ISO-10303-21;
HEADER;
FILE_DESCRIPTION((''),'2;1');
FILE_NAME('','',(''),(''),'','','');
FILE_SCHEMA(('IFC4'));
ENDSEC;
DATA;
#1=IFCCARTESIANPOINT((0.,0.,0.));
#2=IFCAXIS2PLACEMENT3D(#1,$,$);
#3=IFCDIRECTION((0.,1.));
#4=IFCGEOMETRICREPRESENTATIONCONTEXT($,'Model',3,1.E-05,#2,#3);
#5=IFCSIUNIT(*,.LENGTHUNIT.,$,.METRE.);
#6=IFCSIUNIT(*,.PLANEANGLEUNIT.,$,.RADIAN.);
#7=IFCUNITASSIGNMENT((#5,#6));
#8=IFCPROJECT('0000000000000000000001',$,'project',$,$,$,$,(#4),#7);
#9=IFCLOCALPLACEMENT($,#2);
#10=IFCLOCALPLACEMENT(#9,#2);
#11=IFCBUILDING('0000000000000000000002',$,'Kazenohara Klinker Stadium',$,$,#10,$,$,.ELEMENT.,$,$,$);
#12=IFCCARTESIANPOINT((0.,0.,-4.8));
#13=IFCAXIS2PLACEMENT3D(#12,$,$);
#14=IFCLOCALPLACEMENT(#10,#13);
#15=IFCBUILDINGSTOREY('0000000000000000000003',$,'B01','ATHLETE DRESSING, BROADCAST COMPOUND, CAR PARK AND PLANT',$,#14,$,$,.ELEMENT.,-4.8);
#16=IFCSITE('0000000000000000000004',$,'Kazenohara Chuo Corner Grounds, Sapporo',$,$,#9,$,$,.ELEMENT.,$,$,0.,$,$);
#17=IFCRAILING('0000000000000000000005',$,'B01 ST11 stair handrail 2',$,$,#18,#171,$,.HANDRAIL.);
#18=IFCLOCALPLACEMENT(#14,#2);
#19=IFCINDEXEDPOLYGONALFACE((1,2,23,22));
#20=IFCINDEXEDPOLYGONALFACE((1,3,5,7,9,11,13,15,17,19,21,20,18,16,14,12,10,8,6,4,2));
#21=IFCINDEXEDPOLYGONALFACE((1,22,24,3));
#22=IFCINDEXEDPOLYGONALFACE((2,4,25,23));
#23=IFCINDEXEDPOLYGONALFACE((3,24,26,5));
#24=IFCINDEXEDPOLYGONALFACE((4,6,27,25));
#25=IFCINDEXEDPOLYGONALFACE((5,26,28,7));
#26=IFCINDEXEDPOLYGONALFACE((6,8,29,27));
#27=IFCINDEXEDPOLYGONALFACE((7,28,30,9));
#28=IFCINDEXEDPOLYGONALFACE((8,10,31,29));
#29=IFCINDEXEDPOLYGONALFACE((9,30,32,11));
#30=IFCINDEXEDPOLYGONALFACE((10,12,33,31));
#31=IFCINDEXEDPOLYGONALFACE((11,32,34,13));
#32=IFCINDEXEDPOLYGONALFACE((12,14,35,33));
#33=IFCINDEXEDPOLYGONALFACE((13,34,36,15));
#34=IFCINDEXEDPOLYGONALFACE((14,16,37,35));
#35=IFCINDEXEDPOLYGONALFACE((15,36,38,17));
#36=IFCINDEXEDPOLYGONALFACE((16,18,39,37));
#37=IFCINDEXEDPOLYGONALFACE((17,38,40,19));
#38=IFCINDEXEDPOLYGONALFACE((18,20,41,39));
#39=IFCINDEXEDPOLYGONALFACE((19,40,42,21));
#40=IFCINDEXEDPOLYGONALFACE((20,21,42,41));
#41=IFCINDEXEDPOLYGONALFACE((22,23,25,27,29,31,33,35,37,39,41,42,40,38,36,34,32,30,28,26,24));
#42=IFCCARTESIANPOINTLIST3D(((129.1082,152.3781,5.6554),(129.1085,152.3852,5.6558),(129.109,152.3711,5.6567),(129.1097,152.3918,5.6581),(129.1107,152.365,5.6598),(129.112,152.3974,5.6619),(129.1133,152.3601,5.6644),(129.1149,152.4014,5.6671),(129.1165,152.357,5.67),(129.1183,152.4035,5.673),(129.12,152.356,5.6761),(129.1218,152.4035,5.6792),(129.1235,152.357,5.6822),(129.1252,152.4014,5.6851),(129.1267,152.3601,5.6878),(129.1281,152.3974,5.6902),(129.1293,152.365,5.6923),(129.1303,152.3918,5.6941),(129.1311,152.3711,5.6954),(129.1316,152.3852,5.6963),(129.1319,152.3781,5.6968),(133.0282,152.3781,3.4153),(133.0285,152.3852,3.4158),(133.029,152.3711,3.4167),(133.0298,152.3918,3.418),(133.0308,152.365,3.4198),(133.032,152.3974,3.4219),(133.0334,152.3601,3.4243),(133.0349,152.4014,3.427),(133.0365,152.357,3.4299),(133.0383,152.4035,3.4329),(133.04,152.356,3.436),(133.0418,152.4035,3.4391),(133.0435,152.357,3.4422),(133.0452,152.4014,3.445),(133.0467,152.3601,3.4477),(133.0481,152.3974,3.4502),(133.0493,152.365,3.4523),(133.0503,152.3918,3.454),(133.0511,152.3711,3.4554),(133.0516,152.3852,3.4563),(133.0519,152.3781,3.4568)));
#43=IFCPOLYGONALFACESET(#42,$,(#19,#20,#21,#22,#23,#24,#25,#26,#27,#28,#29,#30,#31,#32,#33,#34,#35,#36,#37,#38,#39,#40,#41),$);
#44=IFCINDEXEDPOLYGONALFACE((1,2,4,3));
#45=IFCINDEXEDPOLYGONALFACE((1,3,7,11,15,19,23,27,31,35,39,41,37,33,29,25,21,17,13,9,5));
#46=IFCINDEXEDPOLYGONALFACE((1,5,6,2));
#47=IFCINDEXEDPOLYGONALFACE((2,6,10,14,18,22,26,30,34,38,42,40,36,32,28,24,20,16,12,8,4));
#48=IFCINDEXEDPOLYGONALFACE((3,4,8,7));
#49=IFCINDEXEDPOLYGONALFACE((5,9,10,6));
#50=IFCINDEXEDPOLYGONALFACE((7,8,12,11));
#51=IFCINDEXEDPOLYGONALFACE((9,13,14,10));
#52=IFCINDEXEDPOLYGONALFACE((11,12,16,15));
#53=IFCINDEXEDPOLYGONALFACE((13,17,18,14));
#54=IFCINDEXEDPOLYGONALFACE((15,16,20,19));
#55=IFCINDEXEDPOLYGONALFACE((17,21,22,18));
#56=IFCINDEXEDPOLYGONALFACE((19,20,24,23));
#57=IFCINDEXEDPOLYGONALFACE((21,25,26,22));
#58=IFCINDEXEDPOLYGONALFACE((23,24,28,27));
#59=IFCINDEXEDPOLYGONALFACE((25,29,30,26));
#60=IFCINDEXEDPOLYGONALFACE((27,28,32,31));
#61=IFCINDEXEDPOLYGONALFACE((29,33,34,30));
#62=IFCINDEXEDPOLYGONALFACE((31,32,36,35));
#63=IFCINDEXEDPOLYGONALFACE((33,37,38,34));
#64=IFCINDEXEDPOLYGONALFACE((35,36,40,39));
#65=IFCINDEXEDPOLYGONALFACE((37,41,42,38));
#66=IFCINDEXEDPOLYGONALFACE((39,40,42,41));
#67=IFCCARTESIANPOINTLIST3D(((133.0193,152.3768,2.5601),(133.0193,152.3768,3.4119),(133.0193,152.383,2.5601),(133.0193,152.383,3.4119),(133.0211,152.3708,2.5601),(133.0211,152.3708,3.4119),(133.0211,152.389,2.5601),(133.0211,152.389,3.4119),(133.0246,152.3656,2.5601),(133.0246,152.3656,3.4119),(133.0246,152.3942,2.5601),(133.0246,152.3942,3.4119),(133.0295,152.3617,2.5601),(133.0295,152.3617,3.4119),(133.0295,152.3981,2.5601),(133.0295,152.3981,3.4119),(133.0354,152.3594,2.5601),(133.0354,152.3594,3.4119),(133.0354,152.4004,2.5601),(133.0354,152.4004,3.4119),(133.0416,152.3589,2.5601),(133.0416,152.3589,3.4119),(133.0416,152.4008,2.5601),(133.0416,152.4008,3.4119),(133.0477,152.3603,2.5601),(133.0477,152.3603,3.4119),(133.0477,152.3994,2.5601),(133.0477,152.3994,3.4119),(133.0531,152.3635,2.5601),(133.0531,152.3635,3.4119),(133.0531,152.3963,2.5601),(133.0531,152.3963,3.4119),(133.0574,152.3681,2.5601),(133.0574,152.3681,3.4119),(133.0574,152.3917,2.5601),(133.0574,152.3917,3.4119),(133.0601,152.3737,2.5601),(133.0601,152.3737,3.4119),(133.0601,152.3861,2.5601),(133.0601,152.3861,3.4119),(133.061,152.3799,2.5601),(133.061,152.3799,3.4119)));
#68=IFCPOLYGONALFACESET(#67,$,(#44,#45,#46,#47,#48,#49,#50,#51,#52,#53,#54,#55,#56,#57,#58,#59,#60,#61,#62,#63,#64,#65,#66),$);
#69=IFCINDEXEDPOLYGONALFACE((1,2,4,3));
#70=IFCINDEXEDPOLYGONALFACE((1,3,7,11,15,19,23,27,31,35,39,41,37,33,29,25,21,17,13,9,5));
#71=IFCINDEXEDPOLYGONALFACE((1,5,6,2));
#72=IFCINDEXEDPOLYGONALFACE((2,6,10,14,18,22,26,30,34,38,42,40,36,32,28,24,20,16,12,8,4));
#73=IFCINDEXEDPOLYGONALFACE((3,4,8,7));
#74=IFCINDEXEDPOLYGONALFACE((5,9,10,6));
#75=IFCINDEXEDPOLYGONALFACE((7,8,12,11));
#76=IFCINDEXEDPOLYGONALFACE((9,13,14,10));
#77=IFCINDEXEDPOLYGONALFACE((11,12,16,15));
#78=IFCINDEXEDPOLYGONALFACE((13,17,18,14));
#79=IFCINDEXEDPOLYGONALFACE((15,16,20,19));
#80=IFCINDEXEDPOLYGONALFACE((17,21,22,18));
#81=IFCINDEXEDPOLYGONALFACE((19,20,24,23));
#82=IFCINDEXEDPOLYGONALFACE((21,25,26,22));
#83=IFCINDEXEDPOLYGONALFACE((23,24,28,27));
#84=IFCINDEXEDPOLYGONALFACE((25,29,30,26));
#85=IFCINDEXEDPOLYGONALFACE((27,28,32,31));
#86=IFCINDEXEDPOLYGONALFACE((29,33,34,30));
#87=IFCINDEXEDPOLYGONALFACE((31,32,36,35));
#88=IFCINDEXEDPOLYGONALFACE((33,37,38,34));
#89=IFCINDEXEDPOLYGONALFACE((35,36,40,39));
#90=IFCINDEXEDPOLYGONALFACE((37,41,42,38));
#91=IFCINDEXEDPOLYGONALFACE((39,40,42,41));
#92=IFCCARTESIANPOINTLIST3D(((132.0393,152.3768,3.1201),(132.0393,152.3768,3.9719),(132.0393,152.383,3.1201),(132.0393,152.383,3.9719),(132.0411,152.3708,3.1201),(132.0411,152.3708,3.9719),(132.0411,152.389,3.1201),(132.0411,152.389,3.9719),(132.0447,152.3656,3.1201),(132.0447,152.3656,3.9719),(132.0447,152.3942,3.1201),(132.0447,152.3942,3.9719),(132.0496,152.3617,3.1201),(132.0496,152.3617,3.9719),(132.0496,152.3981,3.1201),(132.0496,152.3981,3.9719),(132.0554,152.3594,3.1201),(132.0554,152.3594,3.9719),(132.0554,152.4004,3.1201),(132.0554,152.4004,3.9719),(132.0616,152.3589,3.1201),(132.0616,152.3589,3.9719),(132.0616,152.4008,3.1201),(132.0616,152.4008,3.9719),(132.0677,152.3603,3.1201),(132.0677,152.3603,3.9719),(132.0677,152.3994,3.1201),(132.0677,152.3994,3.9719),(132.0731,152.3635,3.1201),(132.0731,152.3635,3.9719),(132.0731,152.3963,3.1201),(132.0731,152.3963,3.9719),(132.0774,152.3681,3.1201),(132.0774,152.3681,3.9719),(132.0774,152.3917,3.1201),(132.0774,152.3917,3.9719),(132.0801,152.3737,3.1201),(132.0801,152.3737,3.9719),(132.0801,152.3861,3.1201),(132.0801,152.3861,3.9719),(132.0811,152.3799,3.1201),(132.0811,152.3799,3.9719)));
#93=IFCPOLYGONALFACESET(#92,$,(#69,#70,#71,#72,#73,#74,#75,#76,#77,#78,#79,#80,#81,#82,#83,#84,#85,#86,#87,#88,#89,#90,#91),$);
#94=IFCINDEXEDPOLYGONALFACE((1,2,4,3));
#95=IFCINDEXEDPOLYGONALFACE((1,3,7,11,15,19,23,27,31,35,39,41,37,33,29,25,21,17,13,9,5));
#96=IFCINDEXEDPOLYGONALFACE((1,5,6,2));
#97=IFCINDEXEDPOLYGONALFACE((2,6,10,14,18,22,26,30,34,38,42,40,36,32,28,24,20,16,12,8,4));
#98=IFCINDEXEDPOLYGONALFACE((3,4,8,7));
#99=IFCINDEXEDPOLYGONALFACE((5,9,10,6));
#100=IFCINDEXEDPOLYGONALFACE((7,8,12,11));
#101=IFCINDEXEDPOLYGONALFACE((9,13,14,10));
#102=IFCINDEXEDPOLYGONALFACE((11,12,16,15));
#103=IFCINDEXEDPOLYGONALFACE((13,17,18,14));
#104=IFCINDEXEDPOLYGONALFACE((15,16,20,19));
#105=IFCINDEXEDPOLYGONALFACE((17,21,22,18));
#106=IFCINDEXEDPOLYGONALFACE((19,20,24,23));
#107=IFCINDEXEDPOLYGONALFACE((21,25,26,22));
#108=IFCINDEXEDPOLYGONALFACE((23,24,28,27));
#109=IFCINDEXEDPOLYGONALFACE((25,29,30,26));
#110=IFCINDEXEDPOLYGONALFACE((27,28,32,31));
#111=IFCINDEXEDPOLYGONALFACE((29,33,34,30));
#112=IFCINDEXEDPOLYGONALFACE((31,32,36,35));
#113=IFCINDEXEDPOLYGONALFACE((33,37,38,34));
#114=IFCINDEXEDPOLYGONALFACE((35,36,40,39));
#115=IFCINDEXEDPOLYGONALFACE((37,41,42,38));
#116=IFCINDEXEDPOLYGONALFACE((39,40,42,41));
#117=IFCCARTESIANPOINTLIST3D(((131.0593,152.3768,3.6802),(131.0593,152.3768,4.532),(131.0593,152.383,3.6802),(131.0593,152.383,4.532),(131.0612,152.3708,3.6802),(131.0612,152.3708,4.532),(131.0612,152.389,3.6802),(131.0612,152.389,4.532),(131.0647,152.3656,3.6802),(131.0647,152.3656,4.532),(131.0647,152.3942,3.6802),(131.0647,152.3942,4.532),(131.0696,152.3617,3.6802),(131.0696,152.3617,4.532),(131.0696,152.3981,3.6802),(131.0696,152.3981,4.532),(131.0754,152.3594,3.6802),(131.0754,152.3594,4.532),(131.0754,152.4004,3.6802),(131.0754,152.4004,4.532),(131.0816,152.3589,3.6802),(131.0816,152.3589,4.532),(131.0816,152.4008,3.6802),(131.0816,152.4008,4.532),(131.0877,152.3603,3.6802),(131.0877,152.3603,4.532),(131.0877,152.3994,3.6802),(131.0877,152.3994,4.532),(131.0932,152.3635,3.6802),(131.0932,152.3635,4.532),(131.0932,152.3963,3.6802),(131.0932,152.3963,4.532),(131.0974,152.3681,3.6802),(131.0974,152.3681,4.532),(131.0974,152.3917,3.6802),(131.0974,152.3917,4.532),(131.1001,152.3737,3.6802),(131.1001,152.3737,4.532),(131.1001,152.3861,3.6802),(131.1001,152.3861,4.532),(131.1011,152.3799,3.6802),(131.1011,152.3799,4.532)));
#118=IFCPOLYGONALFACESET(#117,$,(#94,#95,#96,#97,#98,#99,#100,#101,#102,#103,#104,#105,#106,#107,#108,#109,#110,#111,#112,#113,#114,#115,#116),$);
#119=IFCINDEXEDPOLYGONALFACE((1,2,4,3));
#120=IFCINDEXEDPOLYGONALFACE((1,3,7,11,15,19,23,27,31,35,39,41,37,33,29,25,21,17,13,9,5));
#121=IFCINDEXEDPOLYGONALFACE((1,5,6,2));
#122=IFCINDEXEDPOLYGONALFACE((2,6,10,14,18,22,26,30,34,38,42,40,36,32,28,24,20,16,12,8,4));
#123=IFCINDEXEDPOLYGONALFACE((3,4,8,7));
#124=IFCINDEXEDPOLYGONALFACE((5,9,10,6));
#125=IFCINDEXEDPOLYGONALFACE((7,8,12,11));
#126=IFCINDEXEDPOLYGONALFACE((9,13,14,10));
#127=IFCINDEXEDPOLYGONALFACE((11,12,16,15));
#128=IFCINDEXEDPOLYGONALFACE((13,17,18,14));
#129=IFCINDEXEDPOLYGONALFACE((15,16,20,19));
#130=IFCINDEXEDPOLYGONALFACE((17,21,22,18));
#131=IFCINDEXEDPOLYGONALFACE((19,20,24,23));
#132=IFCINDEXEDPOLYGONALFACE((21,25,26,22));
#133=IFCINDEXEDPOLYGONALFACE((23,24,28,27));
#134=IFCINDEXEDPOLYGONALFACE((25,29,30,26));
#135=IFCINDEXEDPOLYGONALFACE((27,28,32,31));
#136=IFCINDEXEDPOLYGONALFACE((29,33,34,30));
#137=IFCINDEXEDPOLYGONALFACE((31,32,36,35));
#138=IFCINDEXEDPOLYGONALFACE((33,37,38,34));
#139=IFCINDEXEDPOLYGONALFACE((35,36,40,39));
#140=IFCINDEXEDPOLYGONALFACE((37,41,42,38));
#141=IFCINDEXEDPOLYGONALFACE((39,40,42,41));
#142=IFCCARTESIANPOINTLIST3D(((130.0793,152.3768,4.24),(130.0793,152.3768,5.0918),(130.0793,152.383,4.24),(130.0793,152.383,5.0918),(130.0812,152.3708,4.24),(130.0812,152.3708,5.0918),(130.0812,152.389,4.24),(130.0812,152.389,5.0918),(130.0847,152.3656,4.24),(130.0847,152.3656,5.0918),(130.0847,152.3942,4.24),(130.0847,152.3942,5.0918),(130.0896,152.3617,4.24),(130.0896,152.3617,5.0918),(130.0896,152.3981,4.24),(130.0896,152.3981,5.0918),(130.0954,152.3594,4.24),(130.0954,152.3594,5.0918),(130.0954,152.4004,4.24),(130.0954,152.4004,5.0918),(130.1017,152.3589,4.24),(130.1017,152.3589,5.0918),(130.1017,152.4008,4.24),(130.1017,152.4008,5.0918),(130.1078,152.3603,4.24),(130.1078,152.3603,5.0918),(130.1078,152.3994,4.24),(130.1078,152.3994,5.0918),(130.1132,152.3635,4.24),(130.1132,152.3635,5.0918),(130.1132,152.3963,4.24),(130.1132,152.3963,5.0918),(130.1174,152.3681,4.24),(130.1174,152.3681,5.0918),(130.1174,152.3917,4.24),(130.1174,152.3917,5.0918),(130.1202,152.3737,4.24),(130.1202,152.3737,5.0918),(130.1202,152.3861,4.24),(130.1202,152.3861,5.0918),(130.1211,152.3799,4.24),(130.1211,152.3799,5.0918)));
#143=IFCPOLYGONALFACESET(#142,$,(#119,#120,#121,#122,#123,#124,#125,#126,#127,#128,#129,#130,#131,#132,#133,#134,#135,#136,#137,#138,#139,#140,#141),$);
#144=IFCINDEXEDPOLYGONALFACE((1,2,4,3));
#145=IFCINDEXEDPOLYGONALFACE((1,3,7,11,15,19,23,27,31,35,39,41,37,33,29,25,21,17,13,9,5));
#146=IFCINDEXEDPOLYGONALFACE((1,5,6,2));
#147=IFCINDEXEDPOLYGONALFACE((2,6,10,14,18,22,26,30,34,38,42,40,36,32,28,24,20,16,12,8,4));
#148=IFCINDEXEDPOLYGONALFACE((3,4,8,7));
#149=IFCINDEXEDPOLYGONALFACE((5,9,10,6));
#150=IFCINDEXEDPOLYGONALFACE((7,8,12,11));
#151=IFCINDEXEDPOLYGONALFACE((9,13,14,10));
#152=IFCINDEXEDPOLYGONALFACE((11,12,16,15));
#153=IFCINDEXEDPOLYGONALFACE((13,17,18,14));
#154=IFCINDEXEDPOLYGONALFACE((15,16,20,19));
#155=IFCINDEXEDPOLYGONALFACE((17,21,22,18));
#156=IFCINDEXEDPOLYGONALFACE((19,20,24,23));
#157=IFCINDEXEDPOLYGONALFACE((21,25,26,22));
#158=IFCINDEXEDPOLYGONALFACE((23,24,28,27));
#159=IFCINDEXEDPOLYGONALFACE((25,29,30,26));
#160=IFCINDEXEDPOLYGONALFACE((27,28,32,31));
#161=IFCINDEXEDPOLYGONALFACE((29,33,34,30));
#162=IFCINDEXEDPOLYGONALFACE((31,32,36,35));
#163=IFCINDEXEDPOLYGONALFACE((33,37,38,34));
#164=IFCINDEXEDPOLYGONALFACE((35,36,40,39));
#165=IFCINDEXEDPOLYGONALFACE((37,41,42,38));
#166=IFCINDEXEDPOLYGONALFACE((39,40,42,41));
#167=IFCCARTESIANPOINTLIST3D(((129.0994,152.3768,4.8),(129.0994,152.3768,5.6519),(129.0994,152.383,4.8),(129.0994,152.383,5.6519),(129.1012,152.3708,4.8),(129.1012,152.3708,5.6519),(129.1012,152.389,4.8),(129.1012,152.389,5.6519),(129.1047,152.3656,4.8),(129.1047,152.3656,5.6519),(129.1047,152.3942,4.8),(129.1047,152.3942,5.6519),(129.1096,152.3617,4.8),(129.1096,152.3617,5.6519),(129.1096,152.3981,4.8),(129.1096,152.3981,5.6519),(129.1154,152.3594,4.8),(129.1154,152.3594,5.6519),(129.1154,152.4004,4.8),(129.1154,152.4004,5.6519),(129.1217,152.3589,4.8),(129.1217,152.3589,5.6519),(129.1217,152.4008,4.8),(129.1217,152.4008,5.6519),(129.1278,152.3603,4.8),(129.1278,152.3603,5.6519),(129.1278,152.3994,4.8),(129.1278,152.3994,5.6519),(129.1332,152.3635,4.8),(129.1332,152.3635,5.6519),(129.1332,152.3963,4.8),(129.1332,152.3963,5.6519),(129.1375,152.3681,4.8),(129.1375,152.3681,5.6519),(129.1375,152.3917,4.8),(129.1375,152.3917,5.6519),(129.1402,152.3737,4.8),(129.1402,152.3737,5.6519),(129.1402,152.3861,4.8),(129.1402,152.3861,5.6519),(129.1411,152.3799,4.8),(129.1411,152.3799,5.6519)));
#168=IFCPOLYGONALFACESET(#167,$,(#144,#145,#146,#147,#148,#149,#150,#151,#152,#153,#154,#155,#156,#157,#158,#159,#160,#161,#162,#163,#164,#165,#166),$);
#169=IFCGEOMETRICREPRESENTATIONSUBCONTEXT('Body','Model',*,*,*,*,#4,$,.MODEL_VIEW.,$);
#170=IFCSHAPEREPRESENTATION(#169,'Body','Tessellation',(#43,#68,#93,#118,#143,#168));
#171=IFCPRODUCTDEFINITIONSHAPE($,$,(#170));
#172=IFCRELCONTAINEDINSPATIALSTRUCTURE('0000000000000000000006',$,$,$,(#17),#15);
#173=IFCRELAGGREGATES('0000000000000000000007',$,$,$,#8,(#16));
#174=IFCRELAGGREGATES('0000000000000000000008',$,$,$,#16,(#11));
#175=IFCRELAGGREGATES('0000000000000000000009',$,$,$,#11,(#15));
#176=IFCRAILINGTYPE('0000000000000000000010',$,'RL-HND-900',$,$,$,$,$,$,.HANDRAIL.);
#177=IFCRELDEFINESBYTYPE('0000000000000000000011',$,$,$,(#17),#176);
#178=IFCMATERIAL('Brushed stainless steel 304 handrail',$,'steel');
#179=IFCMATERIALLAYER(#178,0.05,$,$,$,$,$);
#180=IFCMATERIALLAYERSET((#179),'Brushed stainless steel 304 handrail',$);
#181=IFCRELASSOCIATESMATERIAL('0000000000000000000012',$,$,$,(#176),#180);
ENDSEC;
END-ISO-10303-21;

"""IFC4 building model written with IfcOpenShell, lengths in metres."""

from ifc_helpers import new_model, si_unit, direction, frame, origin, origin_2d, place, context, subcontext, project, spatial, circle, extrude, material, layer, layer_set, type_object, element, save


model = new_model("IFC4")

# Units and contexts
model_context = context("Model", 3, precision=1e-05, world=origin(), true_north=direction((0.0, 1.0)))
body_context = subcontext(model_context, "Body", "Model", "MODEL_VIEW")
ifc_project = project(units=[si_unit("LENGTHUNIT", "METRE"), si_unit("PLANEANGLEUNIT", "RADIAN")], contexts=[model_context])

# Site, building, storey
site_placement = place(None, origin())
site = spatial("IfcSite", under=ifc_project, at=site_placement, Name="Kazenohara Chuo Corner Grounds, Sapporo", CompositionType="ELEMENT", RefElevation=0.0)
building_placement = place(site_placement, origin())
building = spatial("IfcBuilding", under=site, at=building_placement, Name="Kazenohara Klinker Stadium", CompositionType="ELEMENT")
storey_placement = place(building_placement, frame((0.0, 0.0, -4.8)))
storey = spatial("IfcBuildingStorey", under=building, at=storey_placement, Name="B01", Description="ATHLETE DRESSING, BROADCAST COMPOUND, CAR PARK AND PLANT", CompositionType="ELEMENT", Elevation=-4.8)

# Railing
ifc_material_1 = material(Name="Brushed stainless steel 304 handrail", Category="steel")
ifc_layer_1 = layer(ifc_material_1, 0.05)
ifc_layer_set_1 = layer_set([ifc_layer_1], Name="Brushed stainless steel 304 handrail")
railing_type_1 = type_object("IfcRailingType", Name="RL-HND-900", PredefinedType="HANDRAIL", material=ifc_layer_set_1)
railing_1_placement = place(storey_placement, frame((133.04, 152.3799, 2.5601)))
element("IfcRailing", 1, at=railing_1_placement, inside=storey, type_object=railing_type_1, Name="B01 ST11 stair handrail 2", PredefinedType="HANDRAIL", context=body_context, shape_type="SweptSolid", body=[
    extrude(circle(Radius=0.0239, at=origin_2d()), frame((0.0, 0.0, 0.876), z_axis=(-0.86824, 0.0, 0.496145), x_axis=(0.0, -1.0, 0.0)), (0.0, 0.0, 1.0), 4.5149),
    extrude(circle(Radius=0.021, at=origin_2d()), origin(), (0.0, 0.0, 1.0), 0.8518),
    extrude(circle(Radius=0.021, at=origin_2d()), frame((-0.98, 0.0, 0.5601)), (0.0, 0.0, 1.0), 0.8518),
    extrude(circle(Radius=0.021, at=origin_2d()), frame((-1.96, 0.0, 1.1201)), (0.0, 0.0, 1.0), 0.8518),
    extrude(circle(Radius=0.021, at=origin_2d()), frame((-2.9399, 0.0, 1.6799)), (0.0, 0.0, 1.0), 0.8518),
    extrude(circle(Radius=0.021, at=origin_2d()), frame((-3.9199, 0.0, 2.24)), (0.0, 0.0, 1.0), 0.8518),
])

save(model, "model.ifc")
